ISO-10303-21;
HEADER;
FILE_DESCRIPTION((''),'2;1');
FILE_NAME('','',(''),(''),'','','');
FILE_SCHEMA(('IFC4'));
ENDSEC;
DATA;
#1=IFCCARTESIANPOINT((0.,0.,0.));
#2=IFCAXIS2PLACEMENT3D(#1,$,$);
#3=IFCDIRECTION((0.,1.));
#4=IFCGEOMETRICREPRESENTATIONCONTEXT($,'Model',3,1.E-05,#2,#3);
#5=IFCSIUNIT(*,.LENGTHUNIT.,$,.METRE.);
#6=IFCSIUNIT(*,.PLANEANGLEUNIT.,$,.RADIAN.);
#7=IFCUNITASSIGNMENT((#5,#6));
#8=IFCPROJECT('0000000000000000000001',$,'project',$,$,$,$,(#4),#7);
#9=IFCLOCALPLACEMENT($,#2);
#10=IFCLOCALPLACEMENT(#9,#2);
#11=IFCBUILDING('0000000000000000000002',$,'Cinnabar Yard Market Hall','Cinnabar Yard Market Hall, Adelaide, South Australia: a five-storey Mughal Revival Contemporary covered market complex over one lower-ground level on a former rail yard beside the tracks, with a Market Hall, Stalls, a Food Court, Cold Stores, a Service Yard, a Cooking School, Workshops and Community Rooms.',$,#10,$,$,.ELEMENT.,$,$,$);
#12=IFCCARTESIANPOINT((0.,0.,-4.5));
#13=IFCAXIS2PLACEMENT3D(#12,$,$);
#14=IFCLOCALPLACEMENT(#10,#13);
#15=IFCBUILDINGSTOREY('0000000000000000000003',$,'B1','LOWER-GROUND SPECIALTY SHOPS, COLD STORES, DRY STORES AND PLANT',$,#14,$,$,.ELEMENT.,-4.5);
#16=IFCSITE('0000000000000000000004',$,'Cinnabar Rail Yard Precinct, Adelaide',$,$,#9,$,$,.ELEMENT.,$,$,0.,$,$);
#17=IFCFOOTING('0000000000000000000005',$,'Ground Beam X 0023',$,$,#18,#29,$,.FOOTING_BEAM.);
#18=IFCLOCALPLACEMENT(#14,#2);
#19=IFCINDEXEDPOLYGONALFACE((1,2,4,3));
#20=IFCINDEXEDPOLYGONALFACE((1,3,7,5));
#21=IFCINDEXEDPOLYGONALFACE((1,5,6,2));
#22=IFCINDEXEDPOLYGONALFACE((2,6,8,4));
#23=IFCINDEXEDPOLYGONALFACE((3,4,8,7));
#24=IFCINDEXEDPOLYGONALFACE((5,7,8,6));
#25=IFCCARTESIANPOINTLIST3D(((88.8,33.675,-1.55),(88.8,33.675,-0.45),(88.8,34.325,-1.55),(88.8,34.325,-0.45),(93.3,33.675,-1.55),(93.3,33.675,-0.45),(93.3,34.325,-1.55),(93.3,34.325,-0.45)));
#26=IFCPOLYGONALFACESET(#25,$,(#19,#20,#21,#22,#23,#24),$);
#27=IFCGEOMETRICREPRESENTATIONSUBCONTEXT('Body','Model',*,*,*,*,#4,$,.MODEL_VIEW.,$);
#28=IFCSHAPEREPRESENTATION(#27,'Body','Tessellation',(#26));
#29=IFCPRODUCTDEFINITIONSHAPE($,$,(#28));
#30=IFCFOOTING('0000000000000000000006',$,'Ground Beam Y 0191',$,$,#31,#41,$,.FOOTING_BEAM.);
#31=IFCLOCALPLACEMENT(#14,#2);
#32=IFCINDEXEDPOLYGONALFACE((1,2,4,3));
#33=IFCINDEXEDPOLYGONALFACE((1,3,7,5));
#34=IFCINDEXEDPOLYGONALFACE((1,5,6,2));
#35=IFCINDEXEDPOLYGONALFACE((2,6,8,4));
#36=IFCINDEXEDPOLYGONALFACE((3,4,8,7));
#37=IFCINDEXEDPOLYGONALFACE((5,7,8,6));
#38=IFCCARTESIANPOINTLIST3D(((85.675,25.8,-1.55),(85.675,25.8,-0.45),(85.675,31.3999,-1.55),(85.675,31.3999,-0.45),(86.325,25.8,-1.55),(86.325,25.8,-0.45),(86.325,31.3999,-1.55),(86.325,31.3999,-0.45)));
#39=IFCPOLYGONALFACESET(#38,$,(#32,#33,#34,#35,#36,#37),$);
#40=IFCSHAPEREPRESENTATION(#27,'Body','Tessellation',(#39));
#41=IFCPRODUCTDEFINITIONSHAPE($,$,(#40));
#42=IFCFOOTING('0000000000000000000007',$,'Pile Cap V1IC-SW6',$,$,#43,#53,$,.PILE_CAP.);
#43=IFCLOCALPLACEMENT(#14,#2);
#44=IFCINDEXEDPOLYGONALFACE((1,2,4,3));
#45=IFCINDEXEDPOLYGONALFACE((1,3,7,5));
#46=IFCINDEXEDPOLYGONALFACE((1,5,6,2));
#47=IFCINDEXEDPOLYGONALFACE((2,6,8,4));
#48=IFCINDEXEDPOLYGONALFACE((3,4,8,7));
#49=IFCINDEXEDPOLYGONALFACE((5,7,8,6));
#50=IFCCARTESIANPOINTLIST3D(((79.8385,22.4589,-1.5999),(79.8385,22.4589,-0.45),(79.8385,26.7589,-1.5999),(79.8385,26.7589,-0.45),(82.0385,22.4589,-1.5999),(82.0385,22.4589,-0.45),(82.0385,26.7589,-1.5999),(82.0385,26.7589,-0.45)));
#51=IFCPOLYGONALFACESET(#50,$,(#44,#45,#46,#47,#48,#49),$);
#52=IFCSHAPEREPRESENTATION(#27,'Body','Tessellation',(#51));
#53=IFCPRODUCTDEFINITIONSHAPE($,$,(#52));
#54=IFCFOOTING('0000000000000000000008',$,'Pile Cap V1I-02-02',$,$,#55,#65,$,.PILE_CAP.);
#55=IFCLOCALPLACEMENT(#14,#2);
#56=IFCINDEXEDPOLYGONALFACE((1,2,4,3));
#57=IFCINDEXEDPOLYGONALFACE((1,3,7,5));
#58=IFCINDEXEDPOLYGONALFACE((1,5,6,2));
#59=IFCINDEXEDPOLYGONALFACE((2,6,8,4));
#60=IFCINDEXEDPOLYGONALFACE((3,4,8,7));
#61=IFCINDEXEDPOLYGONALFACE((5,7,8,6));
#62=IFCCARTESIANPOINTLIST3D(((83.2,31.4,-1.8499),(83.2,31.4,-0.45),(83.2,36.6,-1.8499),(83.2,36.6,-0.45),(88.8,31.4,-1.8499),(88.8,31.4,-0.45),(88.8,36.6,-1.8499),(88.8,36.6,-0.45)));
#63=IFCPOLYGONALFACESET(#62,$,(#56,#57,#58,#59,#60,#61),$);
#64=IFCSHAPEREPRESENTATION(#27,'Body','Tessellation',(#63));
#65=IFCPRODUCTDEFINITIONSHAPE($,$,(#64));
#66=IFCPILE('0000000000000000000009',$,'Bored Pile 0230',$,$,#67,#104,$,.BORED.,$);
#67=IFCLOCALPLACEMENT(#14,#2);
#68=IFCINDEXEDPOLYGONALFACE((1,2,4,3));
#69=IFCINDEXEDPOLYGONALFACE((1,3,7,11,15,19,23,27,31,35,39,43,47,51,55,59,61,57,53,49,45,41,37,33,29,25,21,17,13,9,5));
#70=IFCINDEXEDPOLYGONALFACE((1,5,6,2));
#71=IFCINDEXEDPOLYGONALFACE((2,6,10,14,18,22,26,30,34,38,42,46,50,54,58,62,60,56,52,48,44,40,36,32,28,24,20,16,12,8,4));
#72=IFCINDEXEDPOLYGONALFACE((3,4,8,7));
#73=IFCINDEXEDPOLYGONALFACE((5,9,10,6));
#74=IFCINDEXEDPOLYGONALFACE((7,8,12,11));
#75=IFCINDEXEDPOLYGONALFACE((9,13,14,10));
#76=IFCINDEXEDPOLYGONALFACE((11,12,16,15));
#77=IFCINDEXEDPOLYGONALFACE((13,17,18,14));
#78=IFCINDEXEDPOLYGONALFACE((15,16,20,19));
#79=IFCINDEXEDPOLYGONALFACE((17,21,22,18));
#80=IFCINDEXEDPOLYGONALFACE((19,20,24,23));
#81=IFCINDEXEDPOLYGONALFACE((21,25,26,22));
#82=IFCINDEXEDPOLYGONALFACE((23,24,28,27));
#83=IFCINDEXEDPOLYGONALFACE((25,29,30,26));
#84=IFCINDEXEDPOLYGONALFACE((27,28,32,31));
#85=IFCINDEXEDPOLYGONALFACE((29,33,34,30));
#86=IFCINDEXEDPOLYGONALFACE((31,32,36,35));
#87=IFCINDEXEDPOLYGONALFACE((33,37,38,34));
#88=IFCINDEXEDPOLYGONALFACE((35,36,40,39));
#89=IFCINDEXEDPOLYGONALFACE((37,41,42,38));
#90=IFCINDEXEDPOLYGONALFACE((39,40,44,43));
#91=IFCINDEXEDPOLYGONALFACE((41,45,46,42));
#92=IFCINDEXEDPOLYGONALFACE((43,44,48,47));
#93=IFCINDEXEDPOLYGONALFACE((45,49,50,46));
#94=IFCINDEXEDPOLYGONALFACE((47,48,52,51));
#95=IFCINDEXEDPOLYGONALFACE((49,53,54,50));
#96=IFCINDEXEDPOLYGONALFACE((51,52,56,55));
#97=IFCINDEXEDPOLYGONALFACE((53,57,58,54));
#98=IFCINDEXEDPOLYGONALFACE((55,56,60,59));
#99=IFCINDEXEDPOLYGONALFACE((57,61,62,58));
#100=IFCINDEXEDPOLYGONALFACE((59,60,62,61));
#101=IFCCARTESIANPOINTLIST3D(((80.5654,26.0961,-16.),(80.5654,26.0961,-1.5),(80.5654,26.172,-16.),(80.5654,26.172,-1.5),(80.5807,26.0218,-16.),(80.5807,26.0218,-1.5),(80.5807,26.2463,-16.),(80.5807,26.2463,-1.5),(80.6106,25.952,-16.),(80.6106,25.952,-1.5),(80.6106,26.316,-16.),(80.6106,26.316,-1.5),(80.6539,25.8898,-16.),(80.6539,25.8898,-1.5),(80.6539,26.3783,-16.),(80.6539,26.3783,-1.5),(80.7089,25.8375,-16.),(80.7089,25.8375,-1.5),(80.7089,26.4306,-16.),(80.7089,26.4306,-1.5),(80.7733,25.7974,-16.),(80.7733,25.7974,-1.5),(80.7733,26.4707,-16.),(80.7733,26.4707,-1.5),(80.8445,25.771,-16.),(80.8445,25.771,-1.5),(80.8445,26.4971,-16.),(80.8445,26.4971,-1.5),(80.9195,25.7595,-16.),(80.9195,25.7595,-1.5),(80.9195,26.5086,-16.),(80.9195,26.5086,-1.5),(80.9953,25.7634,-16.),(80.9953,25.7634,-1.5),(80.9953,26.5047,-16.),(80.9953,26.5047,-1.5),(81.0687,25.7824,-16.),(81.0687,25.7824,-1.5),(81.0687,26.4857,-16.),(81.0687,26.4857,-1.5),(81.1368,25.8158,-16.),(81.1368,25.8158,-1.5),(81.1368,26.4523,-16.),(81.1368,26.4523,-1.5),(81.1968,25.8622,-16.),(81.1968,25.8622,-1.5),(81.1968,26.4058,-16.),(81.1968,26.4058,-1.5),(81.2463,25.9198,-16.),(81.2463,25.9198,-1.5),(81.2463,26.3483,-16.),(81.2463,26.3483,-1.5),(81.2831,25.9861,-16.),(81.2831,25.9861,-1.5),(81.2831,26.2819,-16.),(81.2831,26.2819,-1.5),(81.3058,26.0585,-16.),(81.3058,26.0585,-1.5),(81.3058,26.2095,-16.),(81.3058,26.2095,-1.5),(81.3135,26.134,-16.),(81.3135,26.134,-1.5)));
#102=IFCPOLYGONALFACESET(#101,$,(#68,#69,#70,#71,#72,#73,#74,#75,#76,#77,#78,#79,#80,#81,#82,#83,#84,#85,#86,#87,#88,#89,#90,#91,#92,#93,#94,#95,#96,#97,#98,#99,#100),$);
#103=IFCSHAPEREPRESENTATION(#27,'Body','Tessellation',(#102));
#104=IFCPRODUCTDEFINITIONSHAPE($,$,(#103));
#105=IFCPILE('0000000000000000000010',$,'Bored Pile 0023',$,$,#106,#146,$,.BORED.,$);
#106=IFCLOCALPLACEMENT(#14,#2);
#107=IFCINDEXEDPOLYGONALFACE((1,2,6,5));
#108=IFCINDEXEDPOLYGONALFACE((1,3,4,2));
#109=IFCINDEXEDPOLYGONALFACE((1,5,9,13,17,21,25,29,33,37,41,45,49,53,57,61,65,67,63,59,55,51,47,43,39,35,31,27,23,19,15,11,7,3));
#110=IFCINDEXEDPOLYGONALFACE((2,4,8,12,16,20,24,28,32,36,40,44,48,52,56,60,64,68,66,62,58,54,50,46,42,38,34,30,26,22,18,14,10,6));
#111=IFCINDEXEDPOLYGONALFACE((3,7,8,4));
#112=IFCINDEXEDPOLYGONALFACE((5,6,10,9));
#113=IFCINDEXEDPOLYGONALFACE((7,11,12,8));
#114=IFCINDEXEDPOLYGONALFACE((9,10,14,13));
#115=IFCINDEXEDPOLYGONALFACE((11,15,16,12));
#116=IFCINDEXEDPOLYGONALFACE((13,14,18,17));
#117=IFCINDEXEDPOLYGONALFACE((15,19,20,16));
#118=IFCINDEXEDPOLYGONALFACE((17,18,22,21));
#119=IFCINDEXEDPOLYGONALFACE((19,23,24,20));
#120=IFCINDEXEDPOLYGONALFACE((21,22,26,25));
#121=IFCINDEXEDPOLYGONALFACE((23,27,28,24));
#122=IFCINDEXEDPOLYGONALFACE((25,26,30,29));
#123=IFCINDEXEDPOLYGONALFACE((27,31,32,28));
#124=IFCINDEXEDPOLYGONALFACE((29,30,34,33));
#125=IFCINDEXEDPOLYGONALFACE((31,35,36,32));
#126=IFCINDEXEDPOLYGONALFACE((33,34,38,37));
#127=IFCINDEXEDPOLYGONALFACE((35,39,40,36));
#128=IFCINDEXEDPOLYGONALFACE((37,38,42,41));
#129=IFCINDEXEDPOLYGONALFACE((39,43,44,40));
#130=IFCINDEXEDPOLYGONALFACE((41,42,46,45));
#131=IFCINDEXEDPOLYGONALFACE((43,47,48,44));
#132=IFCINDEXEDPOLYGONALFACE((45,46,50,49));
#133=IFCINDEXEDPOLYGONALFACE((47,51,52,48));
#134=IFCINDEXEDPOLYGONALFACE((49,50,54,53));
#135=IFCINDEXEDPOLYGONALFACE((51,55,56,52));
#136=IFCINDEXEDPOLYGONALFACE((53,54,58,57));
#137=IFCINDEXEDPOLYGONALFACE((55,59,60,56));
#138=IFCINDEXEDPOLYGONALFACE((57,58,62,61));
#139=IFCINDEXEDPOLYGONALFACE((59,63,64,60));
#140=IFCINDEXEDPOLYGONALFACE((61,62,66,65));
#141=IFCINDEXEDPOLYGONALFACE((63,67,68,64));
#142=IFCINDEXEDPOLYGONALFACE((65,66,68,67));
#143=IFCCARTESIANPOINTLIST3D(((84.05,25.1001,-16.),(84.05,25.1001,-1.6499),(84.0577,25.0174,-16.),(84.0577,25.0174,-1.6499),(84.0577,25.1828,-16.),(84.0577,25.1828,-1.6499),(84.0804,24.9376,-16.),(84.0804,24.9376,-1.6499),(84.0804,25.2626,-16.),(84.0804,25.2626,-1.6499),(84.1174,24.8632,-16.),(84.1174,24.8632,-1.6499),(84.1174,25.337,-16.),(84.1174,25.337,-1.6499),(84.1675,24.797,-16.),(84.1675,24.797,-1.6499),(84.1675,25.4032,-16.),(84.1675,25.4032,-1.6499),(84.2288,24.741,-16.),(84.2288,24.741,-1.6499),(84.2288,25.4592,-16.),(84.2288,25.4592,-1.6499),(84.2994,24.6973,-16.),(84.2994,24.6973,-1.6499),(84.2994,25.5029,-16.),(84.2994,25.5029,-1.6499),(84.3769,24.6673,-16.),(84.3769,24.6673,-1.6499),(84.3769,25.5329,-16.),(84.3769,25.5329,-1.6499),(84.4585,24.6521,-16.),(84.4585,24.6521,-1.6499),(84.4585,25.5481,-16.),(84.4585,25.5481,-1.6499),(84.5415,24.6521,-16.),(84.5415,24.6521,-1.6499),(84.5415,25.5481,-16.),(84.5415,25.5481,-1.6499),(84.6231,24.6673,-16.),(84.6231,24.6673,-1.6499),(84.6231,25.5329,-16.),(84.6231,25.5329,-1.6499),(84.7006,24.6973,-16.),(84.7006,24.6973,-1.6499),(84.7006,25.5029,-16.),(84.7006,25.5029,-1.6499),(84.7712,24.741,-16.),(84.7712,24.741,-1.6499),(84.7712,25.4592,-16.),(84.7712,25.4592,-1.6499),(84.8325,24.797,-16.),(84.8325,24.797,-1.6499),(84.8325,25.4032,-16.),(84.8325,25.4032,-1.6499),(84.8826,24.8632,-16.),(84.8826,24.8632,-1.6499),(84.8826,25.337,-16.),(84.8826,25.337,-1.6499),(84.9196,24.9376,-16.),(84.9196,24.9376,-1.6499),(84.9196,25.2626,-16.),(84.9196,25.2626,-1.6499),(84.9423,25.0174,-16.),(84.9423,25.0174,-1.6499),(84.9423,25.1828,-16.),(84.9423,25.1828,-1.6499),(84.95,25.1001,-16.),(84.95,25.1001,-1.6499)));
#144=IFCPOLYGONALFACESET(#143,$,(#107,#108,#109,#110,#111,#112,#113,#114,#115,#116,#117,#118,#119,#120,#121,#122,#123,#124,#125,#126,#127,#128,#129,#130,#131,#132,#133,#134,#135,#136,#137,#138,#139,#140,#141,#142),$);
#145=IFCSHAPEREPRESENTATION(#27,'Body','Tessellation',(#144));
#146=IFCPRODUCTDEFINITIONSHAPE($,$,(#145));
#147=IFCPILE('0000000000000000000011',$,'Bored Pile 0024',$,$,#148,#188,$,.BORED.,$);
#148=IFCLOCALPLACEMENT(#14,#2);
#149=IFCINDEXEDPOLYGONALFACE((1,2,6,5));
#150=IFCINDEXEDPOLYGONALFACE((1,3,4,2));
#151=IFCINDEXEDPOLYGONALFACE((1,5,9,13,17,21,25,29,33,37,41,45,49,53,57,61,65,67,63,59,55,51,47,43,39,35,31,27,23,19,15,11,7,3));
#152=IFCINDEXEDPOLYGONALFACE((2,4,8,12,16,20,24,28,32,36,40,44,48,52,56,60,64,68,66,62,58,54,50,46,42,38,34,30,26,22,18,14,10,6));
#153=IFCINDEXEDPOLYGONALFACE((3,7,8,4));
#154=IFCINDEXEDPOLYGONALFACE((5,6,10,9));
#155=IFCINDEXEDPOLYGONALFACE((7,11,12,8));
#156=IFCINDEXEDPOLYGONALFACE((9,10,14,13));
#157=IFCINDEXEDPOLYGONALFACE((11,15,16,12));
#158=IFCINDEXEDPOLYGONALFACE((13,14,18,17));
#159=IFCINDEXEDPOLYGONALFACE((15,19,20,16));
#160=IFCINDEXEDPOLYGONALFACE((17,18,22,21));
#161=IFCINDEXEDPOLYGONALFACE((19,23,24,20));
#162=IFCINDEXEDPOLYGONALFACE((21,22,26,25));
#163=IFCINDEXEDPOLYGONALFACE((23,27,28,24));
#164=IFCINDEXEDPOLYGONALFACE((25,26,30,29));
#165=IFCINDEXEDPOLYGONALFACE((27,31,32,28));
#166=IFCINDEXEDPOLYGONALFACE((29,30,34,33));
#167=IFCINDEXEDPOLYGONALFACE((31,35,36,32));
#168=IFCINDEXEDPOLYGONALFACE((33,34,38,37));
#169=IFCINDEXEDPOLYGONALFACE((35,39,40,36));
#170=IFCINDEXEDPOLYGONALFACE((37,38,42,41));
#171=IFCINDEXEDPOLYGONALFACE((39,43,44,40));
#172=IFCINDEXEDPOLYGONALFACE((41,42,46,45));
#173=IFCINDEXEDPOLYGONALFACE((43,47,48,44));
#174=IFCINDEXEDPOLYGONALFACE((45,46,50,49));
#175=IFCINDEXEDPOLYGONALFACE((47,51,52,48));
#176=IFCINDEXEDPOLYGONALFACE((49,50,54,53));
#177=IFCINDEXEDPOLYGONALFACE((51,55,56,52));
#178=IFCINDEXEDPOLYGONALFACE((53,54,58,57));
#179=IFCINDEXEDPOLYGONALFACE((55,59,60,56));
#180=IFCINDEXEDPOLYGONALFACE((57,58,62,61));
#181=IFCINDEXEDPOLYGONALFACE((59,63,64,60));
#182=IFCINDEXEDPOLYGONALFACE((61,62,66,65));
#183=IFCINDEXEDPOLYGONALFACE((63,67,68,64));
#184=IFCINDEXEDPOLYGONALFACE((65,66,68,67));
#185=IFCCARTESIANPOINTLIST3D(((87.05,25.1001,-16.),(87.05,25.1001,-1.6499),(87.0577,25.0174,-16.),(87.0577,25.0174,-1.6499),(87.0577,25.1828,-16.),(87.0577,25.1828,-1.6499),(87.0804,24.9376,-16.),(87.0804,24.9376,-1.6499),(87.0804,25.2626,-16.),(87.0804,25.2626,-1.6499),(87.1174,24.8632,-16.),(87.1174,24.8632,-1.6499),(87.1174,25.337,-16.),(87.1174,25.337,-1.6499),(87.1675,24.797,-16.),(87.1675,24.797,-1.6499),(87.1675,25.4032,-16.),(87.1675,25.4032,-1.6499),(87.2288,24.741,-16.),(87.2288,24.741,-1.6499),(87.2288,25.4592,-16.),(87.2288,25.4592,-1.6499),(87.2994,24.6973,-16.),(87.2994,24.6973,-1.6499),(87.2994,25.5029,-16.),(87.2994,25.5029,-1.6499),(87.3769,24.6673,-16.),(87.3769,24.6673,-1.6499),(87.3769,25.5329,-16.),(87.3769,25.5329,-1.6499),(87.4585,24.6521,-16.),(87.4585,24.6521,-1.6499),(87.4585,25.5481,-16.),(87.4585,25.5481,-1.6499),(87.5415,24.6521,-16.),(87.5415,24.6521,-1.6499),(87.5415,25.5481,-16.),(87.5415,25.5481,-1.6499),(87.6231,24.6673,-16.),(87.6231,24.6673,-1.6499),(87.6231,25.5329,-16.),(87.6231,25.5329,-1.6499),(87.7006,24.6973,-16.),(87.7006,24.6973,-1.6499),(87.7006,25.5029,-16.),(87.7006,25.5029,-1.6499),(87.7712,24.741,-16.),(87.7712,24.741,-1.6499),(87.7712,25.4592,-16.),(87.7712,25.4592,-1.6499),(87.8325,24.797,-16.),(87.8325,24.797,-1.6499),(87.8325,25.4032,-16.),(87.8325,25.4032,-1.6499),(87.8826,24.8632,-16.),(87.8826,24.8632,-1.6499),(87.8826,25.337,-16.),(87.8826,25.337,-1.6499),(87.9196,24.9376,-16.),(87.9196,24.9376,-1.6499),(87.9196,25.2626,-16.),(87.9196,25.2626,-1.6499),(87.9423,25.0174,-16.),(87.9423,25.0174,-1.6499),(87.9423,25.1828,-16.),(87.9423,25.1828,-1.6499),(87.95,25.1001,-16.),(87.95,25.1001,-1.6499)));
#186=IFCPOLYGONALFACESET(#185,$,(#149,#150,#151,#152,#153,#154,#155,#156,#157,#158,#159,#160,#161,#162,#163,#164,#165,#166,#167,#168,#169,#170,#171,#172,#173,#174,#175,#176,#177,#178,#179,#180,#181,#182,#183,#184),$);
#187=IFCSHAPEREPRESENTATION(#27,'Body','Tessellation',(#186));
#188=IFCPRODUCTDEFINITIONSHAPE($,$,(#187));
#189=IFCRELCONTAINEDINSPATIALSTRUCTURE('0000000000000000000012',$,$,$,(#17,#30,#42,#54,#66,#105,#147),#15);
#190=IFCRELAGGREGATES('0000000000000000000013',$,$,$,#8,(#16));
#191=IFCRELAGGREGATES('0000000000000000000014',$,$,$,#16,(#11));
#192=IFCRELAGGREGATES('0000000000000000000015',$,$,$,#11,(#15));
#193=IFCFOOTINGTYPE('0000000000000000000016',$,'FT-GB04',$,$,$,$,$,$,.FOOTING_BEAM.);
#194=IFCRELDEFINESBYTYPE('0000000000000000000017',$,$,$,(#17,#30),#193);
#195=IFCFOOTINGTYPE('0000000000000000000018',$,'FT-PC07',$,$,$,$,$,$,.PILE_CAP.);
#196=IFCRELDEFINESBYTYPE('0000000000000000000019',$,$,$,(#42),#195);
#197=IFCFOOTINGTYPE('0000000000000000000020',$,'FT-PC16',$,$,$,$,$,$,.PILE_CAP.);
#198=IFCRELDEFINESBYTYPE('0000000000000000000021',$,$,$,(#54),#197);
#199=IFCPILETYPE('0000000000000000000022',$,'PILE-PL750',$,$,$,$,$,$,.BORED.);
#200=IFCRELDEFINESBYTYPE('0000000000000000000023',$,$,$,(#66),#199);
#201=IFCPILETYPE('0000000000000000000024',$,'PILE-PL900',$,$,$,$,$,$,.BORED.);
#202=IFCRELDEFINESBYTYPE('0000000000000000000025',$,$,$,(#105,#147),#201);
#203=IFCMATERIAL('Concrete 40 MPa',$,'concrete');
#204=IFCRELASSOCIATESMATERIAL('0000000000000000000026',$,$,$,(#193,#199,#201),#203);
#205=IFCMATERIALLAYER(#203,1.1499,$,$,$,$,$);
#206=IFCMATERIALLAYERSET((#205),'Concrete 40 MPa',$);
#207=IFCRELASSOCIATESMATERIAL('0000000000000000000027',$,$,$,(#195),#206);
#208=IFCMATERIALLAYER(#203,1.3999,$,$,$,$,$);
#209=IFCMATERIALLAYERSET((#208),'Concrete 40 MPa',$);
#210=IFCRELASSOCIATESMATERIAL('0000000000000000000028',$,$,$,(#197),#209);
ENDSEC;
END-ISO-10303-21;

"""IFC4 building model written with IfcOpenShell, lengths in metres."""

from ifc_helpers import new_model, si_unit, direction, frame, origin, origin_2d_with_axis, place, context, subcontext, project, spatial, rectangle, circle, extrude, material, layer, layer_set, material_profile, profile_set, type_object, element, save


model = new_model("IFC4")

# Units and contexts
model_context = context("Model", 3, precision=1e-05, world=origin(), true_north=direction((0.0, 1.0)))
body_context = subcontext(model_context, "Body", "Model", "MODEL_VIEW")
ifc_project = project(units=[si_unit("LENGTHUNIT", "METRE"), si_unit("PLANEANGLEUNIT", "RADIAN")], contexts=[model_context])

# Site, building, storey
site_placement = place(None, origin())
site = spatial("IfcSite", under=ifc_project, at=site_placement, Name="Cinnabar Rail Yard Precinct, Adelaide", CompositionType="ELEMENT", RefElevation=0.0)
building_placement = place(site_placement, origin())
building = spatial("IfcBuilding", under=site, at=building_placement, Name="Cinnabar Yard Market Hall", Description="Cinnabar Yard Market Hall, Adelaide, South Australia: a five-storey Mughal Revival Contemporary covered market complex over one lower-ground level on a former rail yard beside the tracks, with a Market Hall, Stalls, a Food Court, Cold Stores, a Service Yard, a Cooking School, Workshops and Community Rooms.", CompositionType="ELEMENT")
storey_placement = place(building_placement, frame((0.0, 0.0, -4.5)))
storey = spatial("IfcBuildingStorey", under=building, at=storey_placement, Name="B1", Description="LOWER-GROUND SPECIALTY SHOPS, COLD STORES, DRY STORES AND PLANT", CompositionType="ELEMENT", Elevation=-4.5)

# Footings
ifc_material_1 = material(Name="Concrete 40 MPa", Category="concrete")
ifc_material_profile_1 = material_profile(ifc_material_1, rectangle(XDim=0.6499, YDim=1.1001, at=origin_2d_with_axis()), Name="GB-650x1100")
ifc_profile_set_1 = profile_set([ifc_material_profile_1], Name="Concrete 40 MPa")
footing_type_1 = type_object("IfcFootingType", Name="FT-GB04", PredefinedType="FOOTING_BEAM", material=ifc_profile_set_1)
footing_1_placement = place(storey_placement, frame((88.8, 34.0, -1.0), z_axis=(1.0, 0.0, 0.0), x_axis=(0.0, 1.0, 0.0)))
element("IfcFooting", 1, at=footing_1_placement, inside=storey, type_object=footing_type_1, Name="Ground Beam X 0023", PredefinedType="FOOTING_BEAM", context=body_context, shape_type="SweptSolid", body=[
    extrude(rectangle(XDim=0.6499, YDim=1.1001, at=origin_2d_with_axis()), origin(), (0.0, 0.0, 1.0), 4.5),
])
footing_2_placement = place(storey_placement, frame((86.0, 25.8, -1.0), z_axis=(0.0, 1.0, 0.0), x_axis=(-1.0, 0.0, 0.0)))
element("IfcFooting", 2, at=footing_2_placement, inside=storey, type_object=footing_type_1, Name="Ground Beam Y 0191", PredefinedType="FOOTING_BEAM", context=body_context, shape_type="SweptSolid", body=[
    extrude(rectangle(XDim=0.6499, YDim=1.1001, at=origin_2d_with_axis()), origin(), (0.0, 0.0, 1.0), 5.5999),
])
ifc_layer_1 = layer(ifc_material_1, 1.1499)
ifc_layer_set_1 = layer_set([ifc_layer_1], Name="Concrete 40 MPa")
footing_type_2 = type_object("IfcFootingType", Name="FT-PC07", PredefinedType="PILE_CAP", material=ifc_layer_set_1)
footing_3_placement = place(storey_placement, frame((80.9385, 24.6089, -1.5999), z_axis=(0.0, 0.0, 1.0), x_axis=(1.0, 0.0, 0.0)))
element("IfcFooting", 3, at=footing_3_placement, inside=storey, type_object=footing_type_2, Name="Pile Cap V1IC-SW6", PredefinedType="PILE_CAP", context=body_context, shape_type="SweptSolid", body=[
    extrude(rectangle(XDim=2.2, YDim=4.3, at=origin_2d_with_axis()), origin(), (0.0, 0.0, 1.0), 1.1499),
])
ifc_layer_2 = layer(ifc_material_1, 1.3999)
ifc_layer_set_2 = layer_set([ifc_layer_2], Name="Concrete 40 MPa")
footing_type_3 = type_object("IfcFootingType", Name="FT-PC16", PredefinedType="PILE_CAP", material=ifc_layer_set_2)
footing_4_placement = place(storey_placement, frame((86.0, 34.0, -1.8499), z_axis=(0.0, 0.0, 1.0), x_axis=(1.0, 0.0, 0.0)))
element("IfcFooting", 4, at=footing_4_placement, inside=storey, type_object=footing_type_3, Name="Pile Cap V1I-02-02", PredefinedType="PILE_CAP", context=body_context, shape_type="SweptSolid", body=[
    extrude(rectangle(XDim=5.6001, YDim=5.2, at=origin_2d_with_axis()), origin(), (0.0, 0.0, 1.0), 1.3999),
])

# Piles
ifc_material_profile_2 = material_profile(ifc_material_1, circle(Radius=0.375, at=origin_2d_with_axis()), Name="PILE-D750")
ifc_profile_set_2 = profile_set([ifc_material_profile_2], Name="Concrete 40 MPa")
pile_type_1 = type_object("IfcPileType", Name="PILE-PL750", PredefinedType="BORED", material=ifc_profile_set_2)
pile_1_placement = place(storey_placement, frame((80.9385, 26.134, -1.5), z_axis=(0.0, 0.0, -1.0), x_axis=(1.0, 0.0, 0.0)))
element("IfcPile", 5, at=pile_1_placement, inside=storey, type_object=pile_type_1, Name="Bored Pile 0230", PredefinedType="BORED", context=body_context, shape_type="SweptSolid", body=[
    extrude(circle(Radius=0.375, at=origin_2d_with_axis()), origin(), (0.0, 0.0, 1.0), 14.5),
])
ifc_material_profile_3 = material_profile(ifc_material_1, circle(Radius=0.45, at=origin_2d_with_axis()), Name="PILE-D900")
ifc_profile_set_3 = profile_set([ifc_material_profile_3], Name="Concrete 40 MPa")
pile_type_2 = type_object("IfcPileType", Name="PILE-PL900", PredefinedType="BORED", material=ifc_profile_set_3)
for number, where, z_axis, x_axis, name in (
    (6, (84.5, 25.1001, -1.6499), (0.0, 0.0, -1.0), (1.0, 0.0, 0.0), "Bored Pile 0023"),
    (7, (87.5, 25.1001, -1.6499), (0.0, 0.0, -1.0), (1.0, 0.0, 0.0), "Bored Pile 0024"),
):
    element("IfcPile", number, at=place(storey_placement, frame(where, z_axis=z_axis, x_axis=x_axis)), inside=storey, type_object=pile_type_2, Name=name, PredefinedType="BORED", context=body_context, shape_type="SweptSolid", body=[
        extrude(circle(Radius=0.45, at=origin_2d_with_axis()), origin(), (0.0, 0.0, 1.0), 14.3501),
    ])

save(model, "model.ifc")
